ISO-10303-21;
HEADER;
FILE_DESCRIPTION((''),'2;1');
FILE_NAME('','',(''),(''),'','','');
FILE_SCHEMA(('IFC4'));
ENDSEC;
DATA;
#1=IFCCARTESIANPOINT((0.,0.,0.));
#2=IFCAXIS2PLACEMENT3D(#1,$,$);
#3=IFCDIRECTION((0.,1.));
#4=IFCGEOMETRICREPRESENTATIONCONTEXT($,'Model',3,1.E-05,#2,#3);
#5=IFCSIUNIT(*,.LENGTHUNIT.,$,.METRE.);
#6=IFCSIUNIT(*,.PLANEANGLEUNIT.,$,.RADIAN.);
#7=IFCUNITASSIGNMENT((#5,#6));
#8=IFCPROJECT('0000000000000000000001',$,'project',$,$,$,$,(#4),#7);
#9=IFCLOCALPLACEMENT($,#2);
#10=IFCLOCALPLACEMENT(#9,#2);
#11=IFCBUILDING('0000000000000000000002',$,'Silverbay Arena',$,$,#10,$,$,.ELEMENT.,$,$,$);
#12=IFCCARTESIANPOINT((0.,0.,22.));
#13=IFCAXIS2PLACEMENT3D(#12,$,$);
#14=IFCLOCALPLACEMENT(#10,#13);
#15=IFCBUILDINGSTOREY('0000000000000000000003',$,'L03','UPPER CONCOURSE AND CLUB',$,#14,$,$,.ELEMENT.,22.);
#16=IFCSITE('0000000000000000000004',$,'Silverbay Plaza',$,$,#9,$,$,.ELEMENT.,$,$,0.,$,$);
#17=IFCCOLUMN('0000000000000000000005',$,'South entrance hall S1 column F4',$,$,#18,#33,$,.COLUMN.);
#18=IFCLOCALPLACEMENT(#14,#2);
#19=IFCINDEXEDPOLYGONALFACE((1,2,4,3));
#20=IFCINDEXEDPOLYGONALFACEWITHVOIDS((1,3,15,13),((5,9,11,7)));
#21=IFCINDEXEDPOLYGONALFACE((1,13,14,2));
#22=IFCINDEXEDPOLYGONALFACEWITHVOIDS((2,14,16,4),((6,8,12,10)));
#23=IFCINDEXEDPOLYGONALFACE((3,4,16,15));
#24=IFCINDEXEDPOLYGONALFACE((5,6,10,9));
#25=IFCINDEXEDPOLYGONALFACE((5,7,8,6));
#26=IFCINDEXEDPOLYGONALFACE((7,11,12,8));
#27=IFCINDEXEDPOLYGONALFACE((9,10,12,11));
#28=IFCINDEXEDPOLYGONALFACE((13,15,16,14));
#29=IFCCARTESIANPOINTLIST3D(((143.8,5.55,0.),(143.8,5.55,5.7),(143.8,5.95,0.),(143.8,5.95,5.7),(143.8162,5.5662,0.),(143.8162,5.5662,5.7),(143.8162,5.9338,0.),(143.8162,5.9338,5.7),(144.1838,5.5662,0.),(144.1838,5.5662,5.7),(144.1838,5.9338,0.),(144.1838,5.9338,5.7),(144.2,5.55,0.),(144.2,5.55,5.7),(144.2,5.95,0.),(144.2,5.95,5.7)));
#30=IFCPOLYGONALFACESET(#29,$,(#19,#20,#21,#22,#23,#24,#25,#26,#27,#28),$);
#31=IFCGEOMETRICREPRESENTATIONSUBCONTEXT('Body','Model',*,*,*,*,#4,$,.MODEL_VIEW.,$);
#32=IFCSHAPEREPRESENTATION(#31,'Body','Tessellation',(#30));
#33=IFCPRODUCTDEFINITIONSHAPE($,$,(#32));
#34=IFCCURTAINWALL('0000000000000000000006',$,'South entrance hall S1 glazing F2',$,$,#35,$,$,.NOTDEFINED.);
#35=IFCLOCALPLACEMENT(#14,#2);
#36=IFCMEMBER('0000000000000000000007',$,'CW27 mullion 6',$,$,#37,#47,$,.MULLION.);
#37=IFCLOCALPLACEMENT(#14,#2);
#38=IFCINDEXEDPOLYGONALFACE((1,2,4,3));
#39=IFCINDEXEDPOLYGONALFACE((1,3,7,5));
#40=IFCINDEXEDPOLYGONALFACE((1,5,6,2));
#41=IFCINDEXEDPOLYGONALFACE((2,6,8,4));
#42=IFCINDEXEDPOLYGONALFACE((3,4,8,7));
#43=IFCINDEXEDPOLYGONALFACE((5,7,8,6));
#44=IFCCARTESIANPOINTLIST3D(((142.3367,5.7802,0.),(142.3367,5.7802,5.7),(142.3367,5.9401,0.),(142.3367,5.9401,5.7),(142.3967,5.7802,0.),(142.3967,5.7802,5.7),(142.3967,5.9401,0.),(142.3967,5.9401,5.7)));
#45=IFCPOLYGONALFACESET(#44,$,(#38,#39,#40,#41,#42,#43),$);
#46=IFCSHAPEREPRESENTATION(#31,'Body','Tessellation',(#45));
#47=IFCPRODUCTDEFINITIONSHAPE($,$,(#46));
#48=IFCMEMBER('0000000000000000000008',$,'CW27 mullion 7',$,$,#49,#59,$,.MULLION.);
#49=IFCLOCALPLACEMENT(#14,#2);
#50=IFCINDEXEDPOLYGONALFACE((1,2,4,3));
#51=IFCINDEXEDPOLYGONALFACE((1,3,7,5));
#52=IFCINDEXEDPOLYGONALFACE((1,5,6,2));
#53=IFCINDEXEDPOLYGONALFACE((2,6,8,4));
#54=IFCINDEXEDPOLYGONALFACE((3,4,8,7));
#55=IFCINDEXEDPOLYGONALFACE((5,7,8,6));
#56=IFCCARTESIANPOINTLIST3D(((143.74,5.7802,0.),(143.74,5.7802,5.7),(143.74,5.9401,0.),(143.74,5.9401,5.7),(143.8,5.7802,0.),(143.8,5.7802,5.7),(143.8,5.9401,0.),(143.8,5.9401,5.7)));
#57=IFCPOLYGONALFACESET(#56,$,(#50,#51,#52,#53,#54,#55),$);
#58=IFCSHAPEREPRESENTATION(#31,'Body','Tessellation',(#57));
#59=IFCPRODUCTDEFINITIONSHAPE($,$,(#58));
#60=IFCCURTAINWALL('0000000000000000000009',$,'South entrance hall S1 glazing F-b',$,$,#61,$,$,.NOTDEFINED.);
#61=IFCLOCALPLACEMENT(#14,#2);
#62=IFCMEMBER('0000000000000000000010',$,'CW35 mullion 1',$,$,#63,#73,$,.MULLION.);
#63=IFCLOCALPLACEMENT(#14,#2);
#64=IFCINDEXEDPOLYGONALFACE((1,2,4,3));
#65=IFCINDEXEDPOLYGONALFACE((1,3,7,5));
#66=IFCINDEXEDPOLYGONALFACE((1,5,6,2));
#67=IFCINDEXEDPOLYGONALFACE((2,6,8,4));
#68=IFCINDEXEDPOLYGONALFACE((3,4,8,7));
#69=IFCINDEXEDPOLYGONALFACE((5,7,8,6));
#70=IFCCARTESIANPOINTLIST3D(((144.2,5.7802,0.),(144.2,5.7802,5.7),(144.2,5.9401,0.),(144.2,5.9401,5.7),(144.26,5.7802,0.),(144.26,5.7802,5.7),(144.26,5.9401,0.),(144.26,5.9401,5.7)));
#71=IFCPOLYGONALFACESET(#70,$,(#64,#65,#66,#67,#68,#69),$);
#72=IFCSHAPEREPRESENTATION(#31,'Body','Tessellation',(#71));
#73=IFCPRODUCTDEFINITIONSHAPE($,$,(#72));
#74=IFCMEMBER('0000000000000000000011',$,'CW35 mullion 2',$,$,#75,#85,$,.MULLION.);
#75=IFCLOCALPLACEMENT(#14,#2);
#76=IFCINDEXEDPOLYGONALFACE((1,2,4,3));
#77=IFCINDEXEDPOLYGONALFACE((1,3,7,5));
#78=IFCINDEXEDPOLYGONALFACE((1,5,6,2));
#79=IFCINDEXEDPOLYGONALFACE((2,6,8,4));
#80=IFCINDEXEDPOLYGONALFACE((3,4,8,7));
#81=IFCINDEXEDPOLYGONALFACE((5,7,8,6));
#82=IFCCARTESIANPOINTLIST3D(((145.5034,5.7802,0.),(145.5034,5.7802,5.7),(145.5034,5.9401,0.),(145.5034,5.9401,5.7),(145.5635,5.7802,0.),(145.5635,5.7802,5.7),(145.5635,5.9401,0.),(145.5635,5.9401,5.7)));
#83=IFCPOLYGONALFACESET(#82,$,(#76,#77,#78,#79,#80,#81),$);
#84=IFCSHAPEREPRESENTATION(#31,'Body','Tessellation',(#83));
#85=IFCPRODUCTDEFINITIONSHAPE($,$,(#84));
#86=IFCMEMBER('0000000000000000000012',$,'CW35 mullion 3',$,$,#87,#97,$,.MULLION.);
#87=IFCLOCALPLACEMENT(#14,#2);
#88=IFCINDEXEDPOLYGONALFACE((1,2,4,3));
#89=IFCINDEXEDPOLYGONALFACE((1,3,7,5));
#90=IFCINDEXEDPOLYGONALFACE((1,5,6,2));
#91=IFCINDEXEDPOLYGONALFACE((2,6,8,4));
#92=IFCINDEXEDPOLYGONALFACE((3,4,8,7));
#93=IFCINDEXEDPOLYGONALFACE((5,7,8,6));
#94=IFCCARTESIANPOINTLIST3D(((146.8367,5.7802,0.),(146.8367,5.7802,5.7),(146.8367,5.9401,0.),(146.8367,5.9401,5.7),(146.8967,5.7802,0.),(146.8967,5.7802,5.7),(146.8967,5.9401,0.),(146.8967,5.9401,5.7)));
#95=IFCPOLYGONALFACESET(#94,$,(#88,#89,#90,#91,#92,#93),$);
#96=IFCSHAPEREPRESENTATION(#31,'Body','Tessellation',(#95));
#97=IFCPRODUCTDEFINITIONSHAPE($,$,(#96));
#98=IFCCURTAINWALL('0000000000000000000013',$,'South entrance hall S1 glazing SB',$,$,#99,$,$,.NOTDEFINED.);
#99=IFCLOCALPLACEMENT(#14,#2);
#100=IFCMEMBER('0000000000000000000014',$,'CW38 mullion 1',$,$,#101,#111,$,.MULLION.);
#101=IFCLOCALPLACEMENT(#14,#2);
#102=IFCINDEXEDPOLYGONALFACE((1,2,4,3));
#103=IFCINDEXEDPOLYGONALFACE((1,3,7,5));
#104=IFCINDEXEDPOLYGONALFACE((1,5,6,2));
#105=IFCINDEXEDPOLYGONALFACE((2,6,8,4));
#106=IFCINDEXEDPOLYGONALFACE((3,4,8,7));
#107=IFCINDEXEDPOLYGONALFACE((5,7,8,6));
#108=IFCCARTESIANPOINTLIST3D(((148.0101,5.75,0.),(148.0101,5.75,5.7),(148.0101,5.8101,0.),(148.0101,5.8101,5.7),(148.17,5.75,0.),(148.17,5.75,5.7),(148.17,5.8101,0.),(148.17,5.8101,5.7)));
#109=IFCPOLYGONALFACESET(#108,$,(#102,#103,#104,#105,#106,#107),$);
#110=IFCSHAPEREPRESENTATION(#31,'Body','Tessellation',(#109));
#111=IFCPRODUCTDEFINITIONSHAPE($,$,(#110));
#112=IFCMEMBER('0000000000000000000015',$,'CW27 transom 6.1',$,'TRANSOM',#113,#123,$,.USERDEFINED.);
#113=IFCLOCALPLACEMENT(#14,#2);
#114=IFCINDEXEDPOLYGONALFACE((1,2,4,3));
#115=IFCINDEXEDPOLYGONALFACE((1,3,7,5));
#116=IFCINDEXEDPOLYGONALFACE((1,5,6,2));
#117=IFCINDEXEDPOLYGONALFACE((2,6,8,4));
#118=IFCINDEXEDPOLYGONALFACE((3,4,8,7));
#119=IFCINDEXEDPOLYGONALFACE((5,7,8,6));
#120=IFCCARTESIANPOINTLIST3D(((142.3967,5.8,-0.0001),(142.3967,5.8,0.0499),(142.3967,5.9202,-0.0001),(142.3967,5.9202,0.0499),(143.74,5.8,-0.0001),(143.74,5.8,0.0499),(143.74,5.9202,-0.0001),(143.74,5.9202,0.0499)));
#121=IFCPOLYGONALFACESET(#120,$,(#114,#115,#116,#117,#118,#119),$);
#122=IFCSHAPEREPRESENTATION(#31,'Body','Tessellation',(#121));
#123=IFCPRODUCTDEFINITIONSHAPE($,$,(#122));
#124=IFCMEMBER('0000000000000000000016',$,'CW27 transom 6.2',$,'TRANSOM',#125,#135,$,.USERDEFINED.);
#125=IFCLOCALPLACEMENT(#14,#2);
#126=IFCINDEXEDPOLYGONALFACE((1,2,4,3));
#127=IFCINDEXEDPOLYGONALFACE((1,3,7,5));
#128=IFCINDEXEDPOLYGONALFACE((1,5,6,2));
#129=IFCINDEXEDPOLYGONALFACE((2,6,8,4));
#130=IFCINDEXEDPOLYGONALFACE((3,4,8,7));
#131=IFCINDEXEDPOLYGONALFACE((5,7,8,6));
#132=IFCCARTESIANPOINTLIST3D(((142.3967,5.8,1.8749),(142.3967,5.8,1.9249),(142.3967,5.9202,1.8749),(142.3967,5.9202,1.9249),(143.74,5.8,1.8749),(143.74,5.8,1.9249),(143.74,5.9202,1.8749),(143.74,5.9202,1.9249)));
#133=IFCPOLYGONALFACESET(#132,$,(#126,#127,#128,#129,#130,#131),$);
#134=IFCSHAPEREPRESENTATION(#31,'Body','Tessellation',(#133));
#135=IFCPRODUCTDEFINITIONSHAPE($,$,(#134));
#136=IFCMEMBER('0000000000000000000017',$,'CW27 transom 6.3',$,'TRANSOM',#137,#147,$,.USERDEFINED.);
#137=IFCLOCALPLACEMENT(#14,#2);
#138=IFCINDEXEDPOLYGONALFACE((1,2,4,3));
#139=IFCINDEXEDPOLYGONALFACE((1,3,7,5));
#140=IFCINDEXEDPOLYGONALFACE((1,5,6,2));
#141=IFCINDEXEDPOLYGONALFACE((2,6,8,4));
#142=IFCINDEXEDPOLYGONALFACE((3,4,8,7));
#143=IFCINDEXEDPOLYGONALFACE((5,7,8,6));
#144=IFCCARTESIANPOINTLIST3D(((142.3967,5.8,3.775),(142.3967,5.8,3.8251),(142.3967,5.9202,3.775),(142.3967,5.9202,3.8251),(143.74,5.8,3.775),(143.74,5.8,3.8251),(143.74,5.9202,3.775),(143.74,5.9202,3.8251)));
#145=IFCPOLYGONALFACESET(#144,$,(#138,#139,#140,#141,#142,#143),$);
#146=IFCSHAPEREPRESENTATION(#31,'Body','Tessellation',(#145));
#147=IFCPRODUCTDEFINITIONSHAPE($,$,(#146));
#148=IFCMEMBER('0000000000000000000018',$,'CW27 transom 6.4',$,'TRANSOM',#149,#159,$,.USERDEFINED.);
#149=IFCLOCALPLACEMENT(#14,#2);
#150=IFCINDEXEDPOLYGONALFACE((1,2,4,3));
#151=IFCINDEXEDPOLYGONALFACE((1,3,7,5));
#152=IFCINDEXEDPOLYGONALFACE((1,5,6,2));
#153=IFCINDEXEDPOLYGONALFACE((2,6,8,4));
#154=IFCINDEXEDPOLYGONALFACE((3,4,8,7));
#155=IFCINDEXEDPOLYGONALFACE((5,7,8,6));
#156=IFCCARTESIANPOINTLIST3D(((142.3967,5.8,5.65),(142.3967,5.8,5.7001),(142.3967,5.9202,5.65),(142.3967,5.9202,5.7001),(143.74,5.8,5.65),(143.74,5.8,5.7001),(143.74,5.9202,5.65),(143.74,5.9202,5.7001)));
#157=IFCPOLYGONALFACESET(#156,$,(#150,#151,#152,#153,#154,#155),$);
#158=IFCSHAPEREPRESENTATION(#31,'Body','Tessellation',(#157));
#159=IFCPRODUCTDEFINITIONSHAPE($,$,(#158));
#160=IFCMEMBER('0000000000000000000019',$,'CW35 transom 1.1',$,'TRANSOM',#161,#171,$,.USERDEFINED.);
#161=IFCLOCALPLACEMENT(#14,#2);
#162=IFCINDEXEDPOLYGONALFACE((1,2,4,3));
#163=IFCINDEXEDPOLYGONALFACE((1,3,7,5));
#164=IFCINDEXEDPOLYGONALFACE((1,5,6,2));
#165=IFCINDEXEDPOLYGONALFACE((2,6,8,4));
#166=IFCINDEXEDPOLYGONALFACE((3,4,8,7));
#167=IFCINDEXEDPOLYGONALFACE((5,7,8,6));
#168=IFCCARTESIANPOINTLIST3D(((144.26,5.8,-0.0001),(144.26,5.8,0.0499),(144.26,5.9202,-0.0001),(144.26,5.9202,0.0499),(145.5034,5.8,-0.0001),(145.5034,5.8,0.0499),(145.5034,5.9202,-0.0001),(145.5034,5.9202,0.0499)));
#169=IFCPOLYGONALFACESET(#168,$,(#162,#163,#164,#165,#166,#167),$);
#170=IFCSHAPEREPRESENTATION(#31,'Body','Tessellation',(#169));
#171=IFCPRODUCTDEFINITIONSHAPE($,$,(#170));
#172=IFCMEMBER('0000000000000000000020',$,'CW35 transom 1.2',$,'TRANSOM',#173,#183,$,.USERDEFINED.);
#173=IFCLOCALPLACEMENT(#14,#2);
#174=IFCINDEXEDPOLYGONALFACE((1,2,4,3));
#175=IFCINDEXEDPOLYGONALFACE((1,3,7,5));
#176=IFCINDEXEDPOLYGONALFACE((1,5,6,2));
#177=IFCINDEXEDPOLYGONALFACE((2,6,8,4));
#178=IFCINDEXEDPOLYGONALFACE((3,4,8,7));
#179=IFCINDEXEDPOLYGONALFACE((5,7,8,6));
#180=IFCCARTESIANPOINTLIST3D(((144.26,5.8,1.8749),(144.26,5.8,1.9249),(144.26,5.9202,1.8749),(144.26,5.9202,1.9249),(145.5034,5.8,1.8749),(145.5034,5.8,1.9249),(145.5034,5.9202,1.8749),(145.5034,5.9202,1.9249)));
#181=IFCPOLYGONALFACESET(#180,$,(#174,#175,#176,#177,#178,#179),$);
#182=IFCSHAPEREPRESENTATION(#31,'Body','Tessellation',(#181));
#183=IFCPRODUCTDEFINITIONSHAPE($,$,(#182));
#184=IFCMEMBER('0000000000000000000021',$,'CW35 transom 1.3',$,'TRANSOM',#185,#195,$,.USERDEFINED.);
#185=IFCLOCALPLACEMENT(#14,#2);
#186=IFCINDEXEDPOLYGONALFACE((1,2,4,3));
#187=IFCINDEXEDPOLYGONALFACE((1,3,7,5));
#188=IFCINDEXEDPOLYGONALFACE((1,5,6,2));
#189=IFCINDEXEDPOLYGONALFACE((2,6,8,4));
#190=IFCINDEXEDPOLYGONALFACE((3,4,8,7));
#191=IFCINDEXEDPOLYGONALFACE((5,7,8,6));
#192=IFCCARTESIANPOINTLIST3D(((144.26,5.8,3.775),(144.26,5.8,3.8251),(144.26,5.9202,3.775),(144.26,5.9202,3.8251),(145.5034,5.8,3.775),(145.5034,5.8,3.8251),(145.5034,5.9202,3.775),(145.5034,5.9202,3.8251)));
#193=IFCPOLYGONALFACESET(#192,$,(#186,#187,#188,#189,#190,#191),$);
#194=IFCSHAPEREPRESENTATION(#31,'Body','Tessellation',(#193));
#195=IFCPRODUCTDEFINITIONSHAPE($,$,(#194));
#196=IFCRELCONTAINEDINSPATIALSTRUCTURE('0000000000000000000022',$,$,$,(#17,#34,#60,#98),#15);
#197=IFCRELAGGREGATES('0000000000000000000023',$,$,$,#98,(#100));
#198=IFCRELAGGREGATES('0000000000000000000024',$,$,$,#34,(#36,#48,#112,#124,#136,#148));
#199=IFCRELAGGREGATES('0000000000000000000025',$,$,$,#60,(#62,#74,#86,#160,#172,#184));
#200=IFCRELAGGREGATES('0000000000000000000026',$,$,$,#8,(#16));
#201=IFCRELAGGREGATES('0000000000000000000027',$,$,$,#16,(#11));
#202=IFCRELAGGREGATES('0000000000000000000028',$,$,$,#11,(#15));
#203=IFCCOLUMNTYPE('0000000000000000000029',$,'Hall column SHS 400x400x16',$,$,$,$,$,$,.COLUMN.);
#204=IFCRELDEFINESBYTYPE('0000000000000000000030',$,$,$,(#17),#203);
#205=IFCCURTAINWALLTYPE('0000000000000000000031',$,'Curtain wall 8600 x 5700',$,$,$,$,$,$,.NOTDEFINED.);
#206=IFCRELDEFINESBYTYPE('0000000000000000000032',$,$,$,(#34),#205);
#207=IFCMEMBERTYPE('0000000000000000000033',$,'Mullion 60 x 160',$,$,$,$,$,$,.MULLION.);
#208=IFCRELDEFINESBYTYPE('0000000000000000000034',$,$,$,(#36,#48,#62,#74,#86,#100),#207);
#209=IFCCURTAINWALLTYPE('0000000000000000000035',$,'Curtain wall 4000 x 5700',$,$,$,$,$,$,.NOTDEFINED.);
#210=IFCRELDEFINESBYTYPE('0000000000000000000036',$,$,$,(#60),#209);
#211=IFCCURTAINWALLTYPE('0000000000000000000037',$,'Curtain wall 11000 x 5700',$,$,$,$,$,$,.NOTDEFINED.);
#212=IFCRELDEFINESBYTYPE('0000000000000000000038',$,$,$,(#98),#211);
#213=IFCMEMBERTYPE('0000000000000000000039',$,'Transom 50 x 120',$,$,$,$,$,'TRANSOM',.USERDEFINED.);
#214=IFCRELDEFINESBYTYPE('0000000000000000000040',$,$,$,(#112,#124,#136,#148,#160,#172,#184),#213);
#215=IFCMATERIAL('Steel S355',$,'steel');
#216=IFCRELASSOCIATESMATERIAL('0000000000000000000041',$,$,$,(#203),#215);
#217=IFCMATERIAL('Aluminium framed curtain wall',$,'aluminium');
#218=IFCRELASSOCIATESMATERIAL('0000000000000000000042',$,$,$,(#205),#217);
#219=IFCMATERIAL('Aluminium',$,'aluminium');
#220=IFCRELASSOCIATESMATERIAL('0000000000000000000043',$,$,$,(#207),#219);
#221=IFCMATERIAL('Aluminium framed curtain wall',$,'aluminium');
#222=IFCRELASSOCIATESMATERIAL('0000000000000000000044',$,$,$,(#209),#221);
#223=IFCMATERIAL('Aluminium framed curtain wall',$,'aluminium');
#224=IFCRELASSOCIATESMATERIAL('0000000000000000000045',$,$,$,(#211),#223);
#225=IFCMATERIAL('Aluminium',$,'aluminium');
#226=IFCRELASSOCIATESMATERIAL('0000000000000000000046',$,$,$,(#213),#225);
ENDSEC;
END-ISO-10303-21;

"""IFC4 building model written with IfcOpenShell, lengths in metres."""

from ifc_helpers import new_model, si_unit, direction, frame, origin, origin_2d, place, context, subcontext, project, spatial, rectangle, hollow_rectangle, extrude, material, material_profile, profile_set, type_object, element, aggregate, save


model = new_model("IFC4")

# Units and contexts
model_context = context("Model", 3, precision=1e-05, world=origin(), true_north=direction((0.0, 1.0)))
body_context = subcontext(model_context, "Body", "Model", "MODEL_VIEW")
ifc_project = project(units=[si_unit("LENGTHUNIT", "METRE"), si_unit("PLANEANGLEUNIT", "RADIAN")], contexts=[model_context])

# Site, building, storey
site_placement = place(None, origin())
site = spatial("IfcSite", under=ifc_project, at=site_placement, Name="Silverbay Plaza", CompositionType="ELEMENT", RefElevation=0.0)
building_placement = place(site_placement, origin())
building = spatial("IfcBuilding", under=site, at=building_placement, Name="Silverbay Arena", CompositionType="ELEMENT")
storey_placement = place(building_placement, frame((0.0, 0.0, 22.0)))
storey = spatial("IfcBuildingStorey", under=building, at=storey_placement, Name="L03", Description="UPPER CONCOURSE AND CLUB", CompositionType="ELEMENT", Elevation=22.0)

# Column
ifc_material_1 = material(Name="Steel S355", Category="steel")
ifc_material_profile_1 = material_profile(ifc_material_1, hollow_rectangle(XDim=0.3999, YDim=0.3999, WallThickness=0.0161, at=origin_2d()), Name="SHS 400x400x16")
ifc_profile_set_1 = profile_set([ifc_material_profile_1], Name="Steel S355")
column_type = type_object("IfcColumnType", Name="Hall column SHS 400x400x16", PredefinedType="COLUMN", material=ifc_profile_set_1)
column_placement = place(storey_placement, frame((144.0, 5.75, 0.0), z_axis=(0.0, 0.0, 1.0), x_axis=(1.0, 0.0, 0.0)))
element("IfcColumn", 1, at=column_placement, inside=storey, type_object=column_type, Name="South entrance hall S1 column F4", PredefinedType="COLUMN", context=body_context, shape_type="SweptSolid", body=[
    extrude(hollow_rectangle(XDim=0.3999, YDim=0.3999, WallThickness=0.0161, at=origin_2d()), origin(), (0.0, 0.0, 1.0), 5.7),
])

# Curtain walls, members
ifc_material_2 = material(Name="Aluminium framed curtain wall", Category="aluminium")
curtain_wall_type_1 = type_object("IfcCurtainWallType", Name="Curtain wall 8600 x 5700", PredefinedType="NOTDEFINED", material=ifc_material_2)
curtain_wall_1_placement = place(storey_placement, origin())
curtain_wall_1 = element("IfcCurtainWall", 2, at=curtain_wall_1_placement, inside=storey, type_object=curtain_wall_type_1, Name="South entrance hall S1 glazing F2", PredefinedType="NOTDEFINED")
ifc_material_3 = material(Name="Aluminium", Category="aluminium")
ifc_material_profile_2 = material_profile(ifc_material_3, rectangle(XDim=0.1599, YDim=0.0601, at=origin_2d()), Name="Mullion 60 x 160")
ifc_profile_set_2 = profile_set([ifc_material_profile_2], Name="Aluminium")
member_type_1 = type_object("IfcMemberType", Name="Mullion 60 x 160", PredefinedType="MULLION", material=ifc_profile_set_2)
member_1_placement = place(storey_placement, frame((142.3667, 5.8601, 0.0), z_axis=(0.0, 0.0, 1.0), x_axis=(0.0, 1.0, 0.0)))
member_1 = element("IfcMember", 3, at=member_1_placement, type_object=member_type_1, Name="CW27 mullion 6", PredefinedType="MULLION", context=body_context, shape_type="SweptSolid", body=[
    extrude(rectangle(XDim=0.1599, YDim=0.0601, at=origin_2d()), origin(), (0.0, 0.0, 1.0), 5.7),
])
member_2_placement = place(storey_placement, frame((143.77, 5.8601, 0.0), z_axis=(0.0, 0.0, 1.0), x_axis=(0.0, 1.0, 0.0)))
member_2 = element("IfcMember", 4, at=member_2_placement, type_object=member_type_1, Name="CW27 mullion 7", PredefinedType="MULLION", context=body_context, shape_type="SweptSolid", body=[
    extrude(rectangle(XDim=0.1599, YDim=0.0601, at=origin_2d()), origin(), (0.0, 0.0, 1.0), 5.7),
])
ifc_material_4 = material(Name="Aluminium framed curtain wall", Category="aluminium")
curtain_wall_type_2 = type_object("IfcCurtainWallType", Name="Curtain wall 4000 x 5700", PredefinedType="NOTDEFINED", material=ifc_material_4)
curtain_wall_2_placement = place(storey_placement, origin())
curtain_wall_2 = element("IfcCurtainWall", 5, at=curtain_wall_2_placement, inside=storey, type_object=curtain_wall_type_2, Name="South entrance hall S1 glazing F-b", PredefinedType="NOTDEFINED")
member_3_placement = place(storey_placement, frame((144.23, 5.8601, 0.0), z_axis=(0.0, 0.0, 1.0), x_axis=(0.0, 1.0, 0.0)))
member_3 = element("IfcMember", 6, at=member_3_placement, type_object=member_type_1, Name="CW35 mullion 1", PredefinedType="MULLION", context=body_context, shape_type="SweptSolid", body=[
    extrude(rectangle(XDim=0.1599, YDim=0.0601, at=origin_2d()), origin(), (0.0, 0.0, 1.0), 5.7),
])
member_4_placement = place(storey_placement, frame((145.5334, 5.8601, 0.0), z_axis=(0.0, 0.0, 1.0), x_axis=(0.0, 1.0, 0.0)))
member_4 = element("IfcMember", 7, at=member_4_placement, type_object=member_type_1, Name="CW35 mullion 2", PredefinedType="MULLION", context=body_context, shape_type="SweptSolid", body=[
    extrude(rectangle(XDim=0.1599, YDim=0.0601, at=origin_2d()), origin(), (0.0, 0.0, 1.0), 5.7),
])
member_5_placement = place(storey_placement, frame((146.8667, 5.8601, 0.0), z_axis=(0.0, 0.0, 1.0), x_axis=(0.0, 1.0, 0.0)))
member_5 = element("IfcMember", 8, at=member_5_placement, type_object=member_type_1, Name="CW35 mullion 3", PredefinedType="MULLION", context=body_context, shape_type="SweptSolid", body=[
    extrude(rectangle(XDim=0.1599, YDim=0.0601, at=origin_2d()), origin(), (0.0, 0.0, 1.0), 5.7),
])

# Curtain wall, member
ifc_material_5 = material(Name="Aluminium framed curtain wall", Category="aluminium")
curtain_wall_type_3 = type_object("IfcCurtainWallType", Name="Curtain wall 11000 x 5700", PredefinedType="NOTDEFINED", material=ifc_material_5)
curtain_wall_3_placement = place(storey_placement, origin())
curtain_wall_3 = element("IfcCurtainWall", 9, at=curtain_wall_3_placement, inside=storey, type_object=curtain_wall_type_3, Name="South entrance hall S1 glazing SB", PredefinedType="NOTDEFINED")
member_6_placement = place(storey_placement, frame((148.0901, 5.78, 0.0), z_axis=(0.0, 0.0, 1.0), x_axis=(-1.0, 0.0, 0.0)))
member_6 = element("IfcMember", 10, at=member_6_placement, type_object=member_type_1, Name="CW38 mullion 1", PredefinedType="MULLION", context=body_context, shape_type="SweptSolid", body=[
    extrude(rectangle(XDim=0.1599, YDim=0.0601, at=origin_2d()), origin(), (0.0, 0.0, 1.0), 5.7),
])

# Members
ifc_material_6 = material(Name="Aluminium", Category="aluminium")
ifc_material_profile_3 = material_profile(ifc_material_6, rectangle(XDim=0.1201, YDim=0.05, at=origin_2d()), Name="Transom 50 x 120")
ifc_profile_set_3 = profile_set([ifc_material_profile_3], Name="Aluminium")
member_type_2 = type_object("IfcMemberType", Name="Transom 50 x 120", ElementType="TRANSOM", PredefinedType="USERDEFINED", material=ifc_profile_set_3)
member_7_placement = place(storey_placement, frame((142.3967, 5.8601, 0.0249), z_axis=(1.0, 0.0, 0.0), x_axis=(0.0, 1.0, 0.0)))
member_7 = element("IfcMember", 11, at=member_7_placement, type_object=member_type_2, Name="CW27 transom 6.1", ObjectType="TRANSOM", PredefinedType="USERDEFINED", context=body_context, shape_type="SweptSolid", body=[
    extrude(rectangle(XDim=0.1201, YDim=0.05, at=origin_2d()), origin(), (0.0, 0.0, 1.0), 1.3433),
])
member_8_placement = place(storey_placement, frame((142.3967, 5.8601, 1.8999), z_axis=(1.0, 0.0, 0.0), x_axis=(0.0, 1.0, 0.0)))
member_8 = element("IfcMember", 12, at=member_8_placement, type_object=member_type_2, Name="CW27 transom 6.2", ObjectType="TRANSOM", PredefinedType="USERDEFINED", context=body_context, shape_type="SweptSolid", body=[
    extrude(rectangle(XDim=0.1201, YDim=0.05, at=origin_2d()), origin(), (0.0, 0.0, 1.0), 1.3433),
])
member_9_placement = place(storey_placement, frame((142.3967, 5.8601, 3.8), z_axis=(1.0, 0.0, 0.0), x_axis=(0.0, 1.0, 0.0)))
member_9 = element("IfcMember", 13, at=member_9_placement, type_object=member_type_2, Name="CW27 transom 6.3", ObjectType="TRANSOM", PredefinedType="USERDEFINED", context=body_context, shape_type="SweptSolid", body=[
    extrude(rectangle(XDim=0.1201, YDim=0.05, at=origin_2d()), origin(), (0.0, 0.0, 1.0), 1.3433),
])
member_10_placement = place(storey_placement, frame((142.3967, 5.8601, 5.675), z_axis=(1.0, 0.0, 0.0), x_axis=(0.0, 1.0, 0.0)))
member_10 = element("IfcMember", 14, at=member_10_placement, type_object=member_type_2, Name="CW27 transom 6.4", ObjectType="TRANSOM", PredefinedType="USERDEFINED", context=body_context, shape_type="SweptSolid", body=[
    extrude(rectangle(XDim=0.1201, YDim=0.05, at=origin_2d()), origin(), (0.0, 0.0, 1.0), 1.3433),
])
member_11_placement = place(storey_placement, frame((144.26, 5.8601, 0.0249), z_axis=(1.0, 0.0, 0.0), x_axis=(0.0, 1.0, 0.0)))
member_11 = element("IfcMember", 15, at=member_11_placement, type_object=member_type_2, Name="CW35 transom 1.1", ObjectType="TRANSOM", PredefinedType="USERDEFINED", context=body_context, shape_type="SweptSolid", body=[
    extrude(rectangle(XDim=0.1201, YDim=0.05, at=origin_2d()), origin(), (0.0, 0.0, 1.0), 1.2434),
])
member_12_placement = place(storey_placement, frame((144.26, 5.8601, 1.8999), z_axis=(1.0, 0.0, 0.0), x_axis=(0.0, 1.0, 0.0)))
member_12 = element("IfcMember", 16, at=member_12_placement, type_object=member_type_2, Name="CW35 transom 1.2", ObjectType="TRANSOM", PredefinedType="USERDEFINED", context=body_context, shape_type="SweptSolid", body=[
    extrude(rectangle(XDim=0.1201, YDim=0.05, at=origin_2d()), origin(), (0.0, 0.0, 1.0), 1.2434),
])
member_13_placement = place(storey_placement, frame((144.26, 5.8601, 3.8), z_axis=(1.0, 0.0, 0.0), x_axis=(0.0, 1.0, 0.0)))
member_13 = element("IfcMember", 17, at=member_13_placement, type_object=member_type_2, Name="CW35 transom 1.3", ObjectType="TRANSOM", PredefinedType="USERDEFINED", context=body_context, shape_type="SweptSolid", body=[
    extrude(rectangle(XDim=0.1201, YDim=0.05, at=origin_2d()), origin(), (0.0, 0.0, 1.0), 1.2434),
])
aggregate(curtain_wall_3, [member_6])

aggregate(curtain_wall_1, [member_1, member_2, member_7, member_8, member_9, member_10])
aggregate(curtain_wall_2, [member_3, member_4, member_5, member_11, member_12, member_13])

save(model, "model.ifc")
